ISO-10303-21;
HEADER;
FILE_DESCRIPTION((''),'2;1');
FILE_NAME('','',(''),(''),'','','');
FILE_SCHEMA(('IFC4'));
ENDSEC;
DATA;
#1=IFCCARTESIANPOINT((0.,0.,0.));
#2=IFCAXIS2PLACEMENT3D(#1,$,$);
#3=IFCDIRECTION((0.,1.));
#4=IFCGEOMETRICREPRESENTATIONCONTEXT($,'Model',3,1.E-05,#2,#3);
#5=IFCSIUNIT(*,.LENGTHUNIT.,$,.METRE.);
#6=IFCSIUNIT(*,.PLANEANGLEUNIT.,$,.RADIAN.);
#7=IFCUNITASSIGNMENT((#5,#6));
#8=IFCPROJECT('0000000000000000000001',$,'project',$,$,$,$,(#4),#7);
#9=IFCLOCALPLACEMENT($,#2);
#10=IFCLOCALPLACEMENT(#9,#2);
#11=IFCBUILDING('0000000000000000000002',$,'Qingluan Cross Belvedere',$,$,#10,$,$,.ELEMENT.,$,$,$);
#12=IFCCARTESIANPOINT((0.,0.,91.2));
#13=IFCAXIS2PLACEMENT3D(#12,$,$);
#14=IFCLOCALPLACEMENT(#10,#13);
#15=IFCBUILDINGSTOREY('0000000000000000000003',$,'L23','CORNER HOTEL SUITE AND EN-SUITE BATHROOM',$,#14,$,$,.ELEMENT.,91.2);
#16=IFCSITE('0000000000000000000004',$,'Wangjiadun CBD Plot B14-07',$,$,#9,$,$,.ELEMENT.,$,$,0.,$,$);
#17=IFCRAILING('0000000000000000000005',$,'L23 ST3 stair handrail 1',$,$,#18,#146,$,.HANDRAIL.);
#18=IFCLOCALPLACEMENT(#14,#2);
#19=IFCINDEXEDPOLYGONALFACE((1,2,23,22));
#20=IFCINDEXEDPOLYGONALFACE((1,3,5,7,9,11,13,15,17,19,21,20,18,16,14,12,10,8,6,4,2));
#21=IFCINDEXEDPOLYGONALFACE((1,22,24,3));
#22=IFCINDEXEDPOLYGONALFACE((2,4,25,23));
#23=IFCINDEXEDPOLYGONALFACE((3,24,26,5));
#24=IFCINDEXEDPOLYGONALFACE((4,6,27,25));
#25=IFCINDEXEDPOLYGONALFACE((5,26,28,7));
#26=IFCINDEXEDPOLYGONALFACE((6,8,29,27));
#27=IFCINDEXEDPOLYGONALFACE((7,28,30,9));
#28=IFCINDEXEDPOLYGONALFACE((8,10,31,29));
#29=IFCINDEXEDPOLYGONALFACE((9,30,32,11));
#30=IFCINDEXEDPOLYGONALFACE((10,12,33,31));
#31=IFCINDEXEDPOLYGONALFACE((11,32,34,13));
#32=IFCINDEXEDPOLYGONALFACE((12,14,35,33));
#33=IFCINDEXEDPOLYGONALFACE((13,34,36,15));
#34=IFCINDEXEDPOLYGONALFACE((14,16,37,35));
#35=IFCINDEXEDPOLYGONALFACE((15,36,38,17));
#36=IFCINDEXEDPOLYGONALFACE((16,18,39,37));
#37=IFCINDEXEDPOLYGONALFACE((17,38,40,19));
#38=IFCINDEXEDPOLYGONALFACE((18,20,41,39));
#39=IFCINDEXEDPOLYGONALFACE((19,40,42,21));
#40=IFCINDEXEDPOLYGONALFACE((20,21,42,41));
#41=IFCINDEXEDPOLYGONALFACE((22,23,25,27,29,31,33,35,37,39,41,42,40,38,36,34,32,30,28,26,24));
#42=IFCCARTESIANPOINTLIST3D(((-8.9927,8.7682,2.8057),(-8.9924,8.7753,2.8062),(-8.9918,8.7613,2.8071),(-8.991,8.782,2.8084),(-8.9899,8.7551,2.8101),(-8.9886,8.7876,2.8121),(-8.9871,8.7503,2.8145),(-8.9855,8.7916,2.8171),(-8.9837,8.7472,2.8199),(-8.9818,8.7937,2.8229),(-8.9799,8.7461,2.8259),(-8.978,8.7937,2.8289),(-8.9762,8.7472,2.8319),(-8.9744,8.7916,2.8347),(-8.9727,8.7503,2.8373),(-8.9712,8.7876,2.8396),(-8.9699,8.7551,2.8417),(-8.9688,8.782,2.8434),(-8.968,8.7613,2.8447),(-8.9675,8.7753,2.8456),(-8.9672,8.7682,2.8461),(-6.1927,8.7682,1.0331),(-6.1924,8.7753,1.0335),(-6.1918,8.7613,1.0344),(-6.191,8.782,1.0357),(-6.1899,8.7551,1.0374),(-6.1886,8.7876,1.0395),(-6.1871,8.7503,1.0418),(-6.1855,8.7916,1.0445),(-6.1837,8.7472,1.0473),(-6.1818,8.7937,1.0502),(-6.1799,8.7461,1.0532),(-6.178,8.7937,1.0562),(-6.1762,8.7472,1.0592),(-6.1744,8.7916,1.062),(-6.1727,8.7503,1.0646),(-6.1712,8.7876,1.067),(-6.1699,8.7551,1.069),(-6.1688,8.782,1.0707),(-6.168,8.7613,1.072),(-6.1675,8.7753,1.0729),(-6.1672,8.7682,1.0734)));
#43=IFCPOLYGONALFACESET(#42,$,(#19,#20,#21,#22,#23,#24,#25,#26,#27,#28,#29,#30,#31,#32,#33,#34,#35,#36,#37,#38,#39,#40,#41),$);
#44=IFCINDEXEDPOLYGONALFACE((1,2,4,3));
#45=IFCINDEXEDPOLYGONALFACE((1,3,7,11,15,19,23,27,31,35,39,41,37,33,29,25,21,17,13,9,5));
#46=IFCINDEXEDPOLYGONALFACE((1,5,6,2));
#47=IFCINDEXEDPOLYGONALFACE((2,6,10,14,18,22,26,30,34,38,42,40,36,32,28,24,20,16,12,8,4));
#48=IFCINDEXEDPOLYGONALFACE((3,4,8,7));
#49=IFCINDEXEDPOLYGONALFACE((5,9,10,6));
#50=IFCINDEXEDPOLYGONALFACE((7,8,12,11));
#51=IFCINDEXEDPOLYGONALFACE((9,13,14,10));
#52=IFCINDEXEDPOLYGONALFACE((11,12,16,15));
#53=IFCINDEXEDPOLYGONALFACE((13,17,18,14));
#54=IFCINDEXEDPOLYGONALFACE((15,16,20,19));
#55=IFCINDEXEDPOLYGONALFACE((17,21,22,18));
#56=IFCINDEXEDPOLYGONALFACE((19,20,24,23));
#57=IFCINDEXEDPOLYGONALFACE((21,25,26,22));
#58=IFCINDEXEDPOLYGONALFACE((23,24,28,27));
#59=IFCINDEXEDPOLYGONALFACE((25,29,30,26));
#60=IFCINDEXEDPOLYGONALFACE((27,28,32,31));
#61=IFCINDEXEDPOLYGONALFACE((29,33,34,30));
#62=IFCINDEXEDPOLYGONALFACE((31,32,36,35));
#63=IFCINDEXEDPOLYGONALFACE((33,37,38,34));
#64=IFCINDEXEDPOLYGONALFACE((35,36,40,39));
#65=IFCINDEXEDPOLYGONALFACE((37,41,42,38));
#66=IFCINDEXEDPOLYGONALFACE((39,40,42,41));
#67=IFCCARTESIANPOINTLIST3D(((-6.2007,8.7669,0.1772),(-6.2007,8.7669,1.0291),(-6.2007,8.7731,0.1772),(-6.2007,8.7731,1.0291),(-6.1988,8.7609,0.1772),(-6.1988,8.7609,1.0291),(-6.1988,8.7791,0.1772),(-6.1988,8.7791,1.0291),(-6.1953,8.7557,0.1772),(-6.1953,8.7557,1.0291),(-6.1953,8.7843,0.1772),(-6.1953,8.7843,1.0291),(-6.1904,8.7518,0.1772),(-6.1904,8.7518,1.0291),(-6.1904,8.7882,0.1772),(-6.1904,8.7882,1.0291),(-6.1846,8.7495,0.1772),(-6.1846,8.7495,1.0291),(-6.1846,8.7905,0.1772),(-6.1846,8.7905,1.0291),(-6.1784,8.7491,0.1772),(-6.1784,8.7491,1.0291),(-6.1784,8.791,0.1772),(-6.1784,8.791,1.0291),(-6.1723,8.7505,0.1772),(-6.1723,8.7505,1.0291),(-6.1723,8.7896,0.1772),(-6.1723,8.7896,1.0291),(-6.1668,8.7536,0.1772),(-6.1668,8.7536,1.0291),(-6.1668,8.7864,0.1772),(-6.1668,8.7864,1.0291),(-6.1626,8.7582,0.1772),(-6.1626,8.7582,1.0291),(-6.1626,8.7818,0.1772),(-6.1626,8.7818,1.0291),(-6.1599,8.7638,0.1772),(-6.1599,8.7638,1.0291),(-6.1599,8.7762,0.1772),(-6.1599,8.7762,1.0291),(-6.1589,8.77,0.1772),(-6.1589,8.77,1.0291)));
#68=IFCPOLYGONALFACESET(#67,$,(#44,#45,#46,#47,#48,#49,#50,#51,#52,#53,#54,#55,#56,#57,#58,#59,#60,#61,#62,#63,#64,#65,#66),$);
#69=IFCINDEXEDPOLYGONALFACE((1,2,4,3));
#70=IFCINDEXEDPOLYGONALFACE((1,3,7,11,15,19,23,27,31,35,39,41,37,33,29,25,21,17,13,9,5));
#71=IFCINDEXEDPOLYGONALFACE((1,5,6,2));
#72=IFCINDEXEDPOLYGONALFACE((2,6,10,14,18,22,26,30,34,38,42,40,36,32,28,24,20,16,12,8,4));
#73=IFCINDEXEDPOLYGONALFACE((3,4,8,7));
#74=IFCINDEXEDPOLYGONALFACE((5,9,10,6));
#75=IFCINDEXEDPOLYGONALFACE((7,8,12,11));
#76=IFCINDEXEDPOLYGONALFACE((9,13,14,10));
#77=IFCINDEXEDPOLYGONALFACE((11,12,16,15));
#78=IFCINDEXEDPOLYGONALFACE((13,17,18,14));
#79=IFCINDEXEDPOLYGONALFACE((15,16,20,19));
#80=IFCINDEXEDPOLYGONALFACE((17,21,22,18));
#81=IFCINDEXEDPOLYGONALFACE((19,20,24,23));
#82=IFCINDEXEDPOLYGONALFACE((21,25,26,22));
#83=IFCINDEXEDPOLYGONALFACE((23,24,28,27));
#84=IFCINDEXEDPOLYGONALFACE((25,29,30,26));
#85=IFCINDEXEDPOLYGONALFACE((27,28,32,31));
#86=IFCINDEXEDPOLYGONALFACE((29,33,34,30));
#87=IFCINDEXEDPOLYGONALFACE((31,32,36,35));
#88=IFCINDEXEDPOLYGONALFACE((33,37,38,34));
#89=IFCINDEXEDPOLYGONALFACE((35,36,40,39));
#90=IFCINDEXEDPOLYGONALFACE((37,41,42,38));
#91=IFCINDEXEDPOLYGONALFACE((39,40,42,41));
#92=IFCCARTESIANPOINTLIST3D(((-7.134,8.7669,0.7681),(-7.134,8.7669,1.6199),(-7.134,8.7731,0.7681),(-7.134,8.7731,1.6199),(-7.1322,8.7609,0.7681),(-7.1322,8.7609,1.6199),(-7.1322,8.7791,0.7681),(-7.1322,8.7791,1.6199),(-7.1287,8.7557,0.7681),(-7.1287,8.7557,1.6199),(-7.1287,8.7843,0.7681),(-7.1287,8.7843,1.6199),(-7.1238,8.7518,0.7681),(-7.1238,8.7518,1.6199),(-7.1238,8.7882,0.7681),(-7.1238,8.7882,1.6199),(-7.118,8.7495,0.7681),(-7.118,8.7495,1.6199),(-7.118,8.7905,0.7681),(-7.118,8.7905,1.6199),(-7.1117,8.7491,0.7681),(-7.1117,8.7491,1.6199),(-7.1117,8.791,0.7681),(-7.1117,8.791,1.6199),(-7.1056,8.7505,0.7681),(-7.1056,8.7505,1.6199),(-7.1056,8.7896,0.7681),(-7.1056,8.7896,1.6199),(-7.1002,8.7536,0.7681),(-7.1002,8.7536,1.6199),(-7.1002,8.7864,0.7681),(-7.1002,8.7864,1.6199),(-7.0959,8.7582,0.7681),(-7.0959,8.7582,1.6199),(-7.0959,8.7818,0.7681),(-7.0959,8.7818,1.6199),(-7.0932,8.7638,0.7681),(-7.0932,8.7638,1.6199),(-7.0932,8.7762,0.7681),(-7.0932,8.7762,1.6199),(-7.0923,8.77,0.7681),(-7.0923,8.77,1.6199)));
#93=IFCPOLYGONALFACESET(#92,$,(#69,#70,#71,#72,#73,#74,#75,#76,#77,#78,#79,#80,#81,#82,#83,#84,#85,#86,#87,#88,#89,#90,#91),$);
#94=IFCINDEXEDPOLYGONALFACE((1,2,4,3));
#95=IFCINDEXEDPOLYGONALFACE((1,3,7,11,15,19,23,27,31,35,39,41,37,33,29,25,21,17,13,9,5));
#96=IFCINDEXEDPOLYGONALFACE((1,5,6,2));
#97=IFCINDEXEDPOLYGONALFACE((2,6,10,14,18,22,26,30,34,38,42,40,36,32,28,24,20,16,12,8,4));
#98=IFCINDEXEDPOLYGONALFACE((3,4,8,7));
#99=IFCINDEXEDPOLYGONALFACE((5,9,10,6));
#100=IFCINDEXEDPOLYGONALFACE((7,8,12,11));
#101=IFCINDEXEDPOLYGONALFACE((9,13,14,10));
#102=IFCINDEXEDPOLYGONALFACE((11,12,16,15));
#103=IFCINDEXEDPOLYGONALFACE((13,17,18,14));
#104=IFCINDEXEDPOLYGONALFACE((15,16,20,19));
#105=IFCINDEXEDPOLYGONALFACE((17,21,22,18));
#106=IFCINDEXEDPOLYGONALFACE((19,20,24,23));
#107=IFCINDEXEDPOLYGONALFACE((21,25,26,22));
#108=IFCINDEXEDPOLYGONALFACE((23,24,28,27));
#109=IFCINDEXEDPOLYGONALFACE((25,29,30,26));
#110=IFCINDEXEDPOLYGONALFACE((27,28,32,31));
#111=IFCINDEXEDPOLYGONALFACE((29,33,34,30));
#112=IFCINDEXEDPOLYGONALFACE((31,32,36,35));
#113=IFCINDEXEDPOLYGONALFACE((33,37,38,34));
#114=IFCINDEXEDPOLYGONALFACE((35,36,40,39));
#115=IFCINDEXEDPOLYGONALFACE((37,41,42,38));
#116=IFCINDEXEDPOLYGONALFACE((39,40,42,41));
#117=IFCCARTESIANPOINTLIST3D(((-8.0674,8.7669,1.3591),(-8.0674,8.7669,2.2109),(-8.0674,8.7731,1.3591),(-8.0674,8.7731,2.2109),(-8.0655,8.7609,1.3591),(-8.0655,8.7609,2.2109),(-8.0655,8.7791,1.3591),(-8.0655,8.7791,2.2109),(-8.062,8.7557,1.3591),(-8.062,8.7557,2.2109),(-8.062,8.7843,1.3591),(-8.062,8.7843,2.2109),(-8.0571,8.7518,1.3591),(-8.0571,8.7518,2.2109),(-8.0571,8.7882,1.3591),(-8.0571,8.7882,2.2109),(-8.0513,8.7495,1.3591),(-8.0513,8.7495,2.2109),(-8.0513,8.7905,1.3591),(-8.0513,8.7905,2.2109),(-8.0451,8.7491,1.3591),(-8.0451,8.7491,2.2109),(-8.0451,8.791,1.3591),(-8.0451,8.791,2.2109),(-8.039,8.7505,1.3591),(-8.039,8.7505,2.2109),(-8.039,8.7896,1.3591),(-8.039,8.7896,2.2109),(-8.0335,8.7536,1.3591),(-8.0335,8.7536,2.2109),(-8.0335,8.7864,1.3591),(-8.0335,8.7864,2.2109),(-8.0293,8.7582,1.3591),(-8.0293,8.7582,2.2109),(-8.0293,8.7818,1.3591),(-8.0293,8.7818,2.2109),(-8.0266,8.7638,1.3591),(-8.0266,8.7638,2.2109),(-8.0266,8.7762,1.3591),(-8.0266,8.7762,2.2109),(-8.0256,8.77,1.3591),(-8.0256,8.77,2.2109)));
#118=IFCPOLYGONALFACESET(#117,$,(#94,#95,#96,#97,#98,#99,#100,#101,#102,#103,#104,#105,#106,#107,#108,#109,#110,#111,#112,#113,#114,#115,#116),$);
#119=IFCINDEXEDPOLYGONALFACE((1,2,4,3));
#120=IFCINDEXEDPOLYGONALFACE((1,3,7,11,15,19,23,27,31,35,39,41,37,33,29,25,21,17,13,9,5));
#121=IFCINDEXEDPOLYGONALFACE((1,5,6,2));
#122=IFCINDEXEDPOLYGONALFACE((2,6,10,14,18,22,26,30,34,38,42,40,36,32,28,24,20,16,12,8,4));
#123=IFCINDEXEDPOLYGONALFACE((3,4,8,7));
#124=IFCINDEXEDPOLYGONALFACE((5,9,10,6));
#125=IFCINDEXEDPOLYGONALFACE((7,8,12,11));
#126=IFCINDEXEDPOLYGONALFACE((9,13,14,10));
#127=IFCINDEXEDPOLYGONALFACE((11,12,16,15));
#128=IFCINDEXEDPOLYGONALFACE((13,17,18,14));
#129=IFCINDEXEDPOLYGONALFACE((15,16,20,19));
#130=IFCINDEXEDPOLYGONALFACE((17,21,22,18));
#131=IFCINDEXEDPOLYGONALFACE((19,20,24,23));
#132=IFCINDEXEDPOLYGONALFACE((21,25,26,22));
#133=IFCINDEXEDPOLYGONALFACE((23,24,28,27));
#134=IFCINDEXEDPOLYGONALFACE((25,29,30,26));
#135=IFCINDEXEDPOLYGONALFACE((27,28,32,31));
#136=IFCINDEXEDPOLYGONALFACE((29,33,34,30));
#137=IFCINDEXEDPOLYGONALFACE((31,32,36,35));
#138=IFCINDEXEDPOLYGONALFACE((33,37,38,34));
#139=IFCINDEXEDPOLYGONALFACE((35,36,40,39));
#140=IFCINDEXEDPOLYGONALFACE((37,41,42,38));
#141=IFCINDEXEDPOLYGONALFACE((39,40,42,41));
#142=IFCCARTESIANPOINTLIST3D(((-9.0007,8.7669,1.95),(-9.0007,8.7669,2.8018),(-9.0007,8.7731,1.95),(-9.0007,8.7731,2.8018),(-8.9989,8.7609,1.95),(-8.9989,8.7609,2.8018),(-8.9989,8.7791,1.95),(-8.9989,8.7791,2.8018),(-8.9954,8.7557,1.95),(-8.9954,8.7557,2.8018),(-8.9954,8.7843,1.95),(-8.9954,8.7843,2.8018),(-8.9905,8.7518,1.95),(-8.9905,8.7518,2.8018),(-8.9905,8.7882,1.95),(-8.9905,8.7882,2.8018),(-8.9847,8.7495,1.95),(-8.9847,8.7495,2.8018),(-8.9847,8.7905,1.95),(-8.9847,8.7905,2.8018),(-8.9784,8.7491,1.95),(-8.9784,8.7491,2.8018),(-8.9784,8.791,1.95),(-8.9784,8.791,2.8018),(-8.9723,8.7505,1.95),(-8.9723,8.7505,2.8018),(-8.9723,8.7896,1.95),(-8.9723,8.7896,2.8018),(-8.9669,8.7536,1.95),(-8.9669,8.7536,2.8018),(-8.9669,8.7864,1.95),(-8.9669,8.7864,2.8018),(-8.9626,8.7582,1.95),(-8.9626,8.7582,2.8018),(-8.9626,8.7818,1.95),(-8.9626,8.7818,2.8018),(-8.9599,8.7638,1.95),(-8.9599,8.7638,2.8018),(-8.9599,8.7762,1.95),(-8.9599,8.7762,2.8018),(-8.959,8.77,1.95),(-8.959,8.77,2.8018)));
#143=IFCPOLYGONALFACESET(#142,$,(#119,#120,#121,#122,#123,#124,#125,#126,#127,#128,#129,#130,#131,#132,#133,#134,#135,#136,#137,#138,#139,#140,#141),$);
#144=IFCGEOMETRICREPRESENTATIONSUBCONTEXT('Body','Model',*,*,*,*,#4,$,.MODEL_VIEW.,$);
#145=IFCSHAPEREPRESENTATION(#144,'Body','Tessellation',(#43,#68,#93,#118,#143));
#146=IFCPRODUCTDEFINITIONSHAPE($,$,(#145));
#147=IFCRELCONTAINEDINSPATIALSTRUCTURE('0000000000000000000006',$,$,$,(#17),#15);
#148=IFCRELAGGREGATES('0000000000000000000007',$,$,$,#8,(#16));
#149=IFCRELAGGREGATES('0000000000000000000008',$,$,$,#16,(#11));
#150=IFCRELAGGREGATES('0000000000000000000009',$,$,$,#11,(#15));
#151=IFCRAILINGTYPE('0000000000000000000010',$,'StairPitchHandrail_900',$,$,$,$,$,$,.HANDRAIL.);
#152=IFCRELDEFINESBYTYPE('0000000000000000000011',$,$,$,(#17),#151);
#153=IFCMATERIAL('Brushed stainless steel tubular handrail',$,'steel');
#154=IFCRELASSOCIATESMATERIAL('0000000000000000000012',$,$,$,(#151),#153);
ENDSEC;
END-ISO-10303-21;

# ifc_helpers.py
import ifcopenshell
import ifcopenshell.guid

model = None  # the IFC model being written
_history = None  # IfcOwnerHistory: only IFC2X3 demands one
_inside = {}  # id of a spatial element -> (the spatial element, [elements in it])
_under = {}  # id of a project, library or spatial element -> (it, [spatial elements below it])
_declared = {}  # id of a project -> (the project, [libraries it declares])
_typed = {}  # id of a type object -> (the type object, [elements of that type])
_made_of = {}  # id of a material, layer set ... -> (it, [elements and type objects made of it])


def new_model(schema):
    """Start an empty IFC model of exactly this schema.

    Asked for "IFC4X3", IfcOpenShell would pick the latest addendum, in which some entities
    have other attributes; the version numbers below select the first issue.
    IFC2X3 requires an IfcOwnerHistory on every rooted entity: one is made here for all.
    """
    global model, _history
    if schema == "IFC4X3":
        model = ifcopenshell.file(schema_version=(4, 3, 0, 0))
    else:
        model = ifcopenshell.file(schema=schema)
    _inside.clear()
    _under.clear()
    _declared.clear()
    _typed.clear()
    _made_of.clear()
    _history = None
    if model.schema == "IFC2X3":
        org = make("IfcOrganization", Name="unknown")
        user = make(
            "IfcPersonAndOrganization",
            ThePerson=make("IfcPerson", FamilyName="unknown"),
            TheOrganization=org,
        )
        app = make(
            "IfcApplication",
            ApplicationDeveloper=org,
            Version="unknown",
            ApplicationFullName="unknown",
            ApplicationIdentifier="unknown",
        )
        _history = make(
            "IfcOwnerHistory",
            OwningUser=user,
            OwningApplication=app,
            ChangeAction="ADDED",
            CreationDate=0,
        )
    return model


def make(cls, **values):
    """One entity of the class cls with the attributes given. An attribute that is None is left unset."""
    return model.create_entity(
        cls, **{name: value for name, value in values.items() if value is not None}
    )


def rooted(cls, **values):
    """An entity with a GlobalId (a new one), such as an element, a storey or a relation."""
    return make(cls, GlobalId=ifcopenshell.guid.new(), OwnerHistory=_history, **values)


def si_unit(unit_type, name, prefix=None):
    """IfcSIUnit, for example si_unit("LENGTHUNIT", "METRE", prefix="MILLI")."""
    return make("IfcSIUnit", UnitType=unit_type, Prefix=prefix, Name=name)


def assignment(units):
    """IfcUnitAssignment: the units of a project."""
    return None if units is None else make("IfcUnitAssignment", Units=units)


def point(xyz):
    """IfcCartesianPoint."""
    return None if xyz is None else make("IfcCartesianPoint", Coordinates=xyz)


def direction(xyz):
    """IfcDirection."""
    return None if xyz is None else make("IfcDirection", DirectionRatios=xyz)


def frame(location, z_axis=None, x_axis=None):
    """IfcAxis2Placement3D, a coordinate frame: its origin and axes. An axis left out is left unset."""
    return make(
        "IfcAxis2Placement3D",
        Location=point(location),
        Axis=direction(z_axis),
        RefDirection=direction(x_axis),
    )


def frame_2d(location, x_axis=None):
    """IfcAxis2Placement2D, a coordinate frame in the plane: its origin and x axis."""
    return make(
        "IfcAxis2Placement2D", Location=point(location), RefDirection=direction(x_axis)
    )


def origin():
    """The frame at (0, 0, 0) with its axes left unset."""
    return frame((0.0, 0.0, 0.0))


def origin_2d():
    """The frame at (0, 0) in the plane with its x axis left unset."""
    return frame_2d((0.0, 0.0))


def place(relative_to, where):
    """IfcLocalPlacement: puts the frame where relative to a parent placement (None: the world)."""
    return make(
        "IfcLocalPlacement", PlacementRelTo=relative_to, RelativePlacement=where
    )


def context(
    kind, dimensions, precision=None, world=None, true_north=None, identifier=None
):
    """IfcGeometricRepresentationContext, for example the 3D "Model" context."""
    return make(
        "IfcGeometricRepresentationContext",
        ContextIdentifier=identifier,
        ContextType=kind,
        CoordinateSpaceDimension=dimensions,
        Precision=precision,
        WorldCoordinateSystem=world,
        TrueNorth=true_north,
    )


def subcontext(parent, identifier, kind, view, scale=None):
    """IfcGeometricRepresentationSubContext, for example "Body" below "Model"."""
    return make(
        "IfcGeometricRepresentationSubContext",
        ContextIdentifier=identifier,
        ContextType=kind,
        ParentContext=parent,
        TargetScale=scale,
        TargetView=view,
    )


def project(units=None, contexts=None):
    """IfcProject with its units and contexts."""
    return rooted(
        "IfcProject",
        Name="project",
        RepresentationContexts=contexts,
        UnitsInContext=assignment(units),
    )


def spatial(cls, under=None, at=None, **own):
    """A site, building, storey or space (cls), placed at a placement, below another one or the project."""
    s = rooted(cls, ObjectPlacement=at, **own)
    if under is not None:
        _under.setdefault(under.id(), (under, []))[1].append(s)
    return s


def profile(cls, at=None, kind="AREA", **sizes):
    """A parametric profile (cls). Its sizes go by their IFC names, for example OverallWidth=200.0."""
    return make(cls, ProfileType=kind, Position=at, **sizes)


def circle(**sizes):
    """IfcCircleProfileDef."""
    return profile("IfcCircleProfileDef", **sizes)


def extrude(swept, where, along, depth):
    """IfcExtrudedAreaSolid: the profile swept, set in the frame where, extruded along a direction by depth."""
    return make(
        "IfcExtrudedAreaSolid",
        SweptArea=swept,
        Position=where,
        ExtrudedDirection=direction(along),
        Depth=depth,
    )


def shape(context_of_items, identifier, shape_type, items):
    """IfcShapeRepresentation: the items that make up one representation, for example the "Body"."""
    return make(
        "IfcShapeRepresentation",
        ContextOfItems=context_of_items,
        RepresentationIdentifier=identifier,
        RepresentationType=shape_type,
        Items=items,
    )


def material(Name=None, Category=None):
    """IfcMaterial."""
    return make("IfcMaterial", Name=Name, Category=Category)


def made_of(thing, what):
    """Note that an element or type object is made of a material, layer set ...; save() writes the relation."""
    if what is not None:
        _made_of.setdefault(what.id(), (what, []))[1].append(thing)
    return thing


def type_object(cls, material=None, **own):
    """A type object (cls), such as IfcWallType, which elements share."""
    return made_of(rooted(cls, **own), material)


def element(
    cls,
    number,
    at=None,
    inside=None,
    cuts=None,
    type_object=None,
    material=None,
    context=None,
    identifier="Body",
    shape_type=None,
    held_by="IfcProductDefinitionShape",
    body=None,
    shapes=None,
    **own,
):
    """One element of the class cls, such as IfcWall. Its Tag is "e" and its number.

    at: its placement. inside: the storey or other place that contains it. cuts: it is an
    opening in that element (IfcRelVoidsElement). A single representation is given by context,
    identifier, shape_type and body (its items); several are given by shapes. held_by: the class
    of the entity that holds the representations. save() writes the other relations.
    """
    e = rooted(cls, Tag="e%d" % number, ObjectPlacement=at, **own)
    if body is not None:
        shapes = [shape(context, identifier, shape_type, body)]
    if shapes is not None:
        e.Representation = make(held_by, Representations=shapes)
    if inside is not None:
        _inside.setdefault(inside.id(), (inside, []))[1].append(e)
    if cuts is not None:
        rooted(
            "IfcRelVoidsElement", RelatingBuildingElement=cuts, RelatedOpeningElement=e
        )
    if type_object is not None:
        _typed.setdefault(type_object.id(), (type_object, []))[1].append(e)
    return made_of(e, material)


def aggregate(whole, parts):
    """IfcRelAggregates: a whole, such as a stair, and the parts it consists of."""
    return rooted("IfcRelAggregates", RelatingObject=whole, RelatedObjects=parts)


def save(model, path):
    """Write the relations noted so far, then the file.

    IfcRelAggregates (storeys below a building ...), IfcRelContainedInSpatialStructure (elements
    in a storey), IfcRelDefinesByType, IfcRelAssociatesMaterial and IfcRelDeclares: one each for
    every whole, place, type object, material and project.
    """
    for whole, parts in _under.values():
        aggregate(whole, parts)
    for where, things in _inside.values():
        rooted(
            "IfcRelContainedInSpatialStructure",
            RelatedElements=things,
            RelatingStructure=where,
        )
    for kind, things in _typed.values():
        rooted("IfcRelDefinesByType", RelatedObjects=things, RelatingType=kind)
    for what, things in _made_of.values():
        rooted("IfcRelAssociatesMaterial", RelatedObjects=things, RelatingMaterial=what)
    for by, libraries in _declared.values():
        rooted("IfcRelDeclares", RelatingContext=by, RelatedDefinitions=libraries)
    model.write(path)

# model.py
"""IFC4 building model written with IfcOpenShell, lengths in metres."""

from ifc_helpers import new_model, si_unit, direction, frame, origin, origin_2d, place, context, subcontext, project, spatial, circle, extrude, material, type_object, element, save


model = new_model("IFC4")

# Units and contexts
model_context = context("Model", 3, precision=1e-05, world=origin(), true_north=direction((0.0, 1.0)))
body_context = subcontext(model_context, "Body", "Model", "MODEL_VIEW")
ifc_project = project(units=[si_unit("LENGTHUNIT", "METRE"), si_unit("PLANEANGLEUNIT", "RADIAN")], contexts=[model_context])

# Site, building, storey
site_placement = place(None, origin())
site = spatial("IfcSite", under=ifc_project, at=site_placement, Name="Wangjiadun CBD Plot B14-07", CompositionType="ELEMENT", RefElevation=0.0)
building_placement = place(site_placement, origin())
building = spatial("IfcBuilding", under=site, at=building_placement, Name="Qingluan Cross Belvedere", CompositionType="ELEMENT")
storey_placement = place(building_placement, frame((0.0, 0.0, 91.2)))
storey = spatial("IfcBuildingStorey", under=building, at=storey_placement, Name="L23", Description="CORNER HOTEL SUITE AND EN-SUITE BATHROOM", CompositionType="ELEMENT", Elevation=91.2)

# Railing
ifc_material_1 = material(Name="Brushed stainless steel tubular handrail", Category="steel")
railing_type = type_object("IfcRailingType", Name="StairPitchHandrail_900", PredefinedType="HANDRAIL", material=ifc_material_1)
railing_placement = place(storey_placement, frame((-6.1799, 8.77, 0.1772)))
element("IfcRailing", 1, at=railing_placement, inside=storey, type_object=railing_type, Name="L23 ST3 stair handrail 1", PredefinedType="HANDRAIL", context=body_context, shape_type="SweptSolid", body=[
    extrude(circle(Radius=0.0239, at=origin_2d()), frame((0.0, 0.0, 0.876), z_axis=(-0.844909, 0.0, 0.53491), x_axis=(0.0, -1.0, 0.0)), (0.0, 0.0, 1.0), 3.314),
    extrude(circle(Radius=0.021, at=origin_2d()), origin(), (0.0, 0.0, 1.0), 0.8518),
    extrude(circle(Radius=0.021, at=origin_2d()), frame((-0.9333, 0.0, 0.5908)), (0.0, 0.0, 1.0), 0.8518),
    extrude(circle(Radius=0.021, at=origin_2d()), frame((-1.8667, 0.0, 1.1819)), (0.0, 0.0, 1.0), 0.8518),
    extrude(circle(Radius=0.021, at=origin_2d()), frame((-2.8, 0.0, 1.7727)), (0.0, 0.0, 1.0), 0.8518),
])

save(model, "model.ifc")
